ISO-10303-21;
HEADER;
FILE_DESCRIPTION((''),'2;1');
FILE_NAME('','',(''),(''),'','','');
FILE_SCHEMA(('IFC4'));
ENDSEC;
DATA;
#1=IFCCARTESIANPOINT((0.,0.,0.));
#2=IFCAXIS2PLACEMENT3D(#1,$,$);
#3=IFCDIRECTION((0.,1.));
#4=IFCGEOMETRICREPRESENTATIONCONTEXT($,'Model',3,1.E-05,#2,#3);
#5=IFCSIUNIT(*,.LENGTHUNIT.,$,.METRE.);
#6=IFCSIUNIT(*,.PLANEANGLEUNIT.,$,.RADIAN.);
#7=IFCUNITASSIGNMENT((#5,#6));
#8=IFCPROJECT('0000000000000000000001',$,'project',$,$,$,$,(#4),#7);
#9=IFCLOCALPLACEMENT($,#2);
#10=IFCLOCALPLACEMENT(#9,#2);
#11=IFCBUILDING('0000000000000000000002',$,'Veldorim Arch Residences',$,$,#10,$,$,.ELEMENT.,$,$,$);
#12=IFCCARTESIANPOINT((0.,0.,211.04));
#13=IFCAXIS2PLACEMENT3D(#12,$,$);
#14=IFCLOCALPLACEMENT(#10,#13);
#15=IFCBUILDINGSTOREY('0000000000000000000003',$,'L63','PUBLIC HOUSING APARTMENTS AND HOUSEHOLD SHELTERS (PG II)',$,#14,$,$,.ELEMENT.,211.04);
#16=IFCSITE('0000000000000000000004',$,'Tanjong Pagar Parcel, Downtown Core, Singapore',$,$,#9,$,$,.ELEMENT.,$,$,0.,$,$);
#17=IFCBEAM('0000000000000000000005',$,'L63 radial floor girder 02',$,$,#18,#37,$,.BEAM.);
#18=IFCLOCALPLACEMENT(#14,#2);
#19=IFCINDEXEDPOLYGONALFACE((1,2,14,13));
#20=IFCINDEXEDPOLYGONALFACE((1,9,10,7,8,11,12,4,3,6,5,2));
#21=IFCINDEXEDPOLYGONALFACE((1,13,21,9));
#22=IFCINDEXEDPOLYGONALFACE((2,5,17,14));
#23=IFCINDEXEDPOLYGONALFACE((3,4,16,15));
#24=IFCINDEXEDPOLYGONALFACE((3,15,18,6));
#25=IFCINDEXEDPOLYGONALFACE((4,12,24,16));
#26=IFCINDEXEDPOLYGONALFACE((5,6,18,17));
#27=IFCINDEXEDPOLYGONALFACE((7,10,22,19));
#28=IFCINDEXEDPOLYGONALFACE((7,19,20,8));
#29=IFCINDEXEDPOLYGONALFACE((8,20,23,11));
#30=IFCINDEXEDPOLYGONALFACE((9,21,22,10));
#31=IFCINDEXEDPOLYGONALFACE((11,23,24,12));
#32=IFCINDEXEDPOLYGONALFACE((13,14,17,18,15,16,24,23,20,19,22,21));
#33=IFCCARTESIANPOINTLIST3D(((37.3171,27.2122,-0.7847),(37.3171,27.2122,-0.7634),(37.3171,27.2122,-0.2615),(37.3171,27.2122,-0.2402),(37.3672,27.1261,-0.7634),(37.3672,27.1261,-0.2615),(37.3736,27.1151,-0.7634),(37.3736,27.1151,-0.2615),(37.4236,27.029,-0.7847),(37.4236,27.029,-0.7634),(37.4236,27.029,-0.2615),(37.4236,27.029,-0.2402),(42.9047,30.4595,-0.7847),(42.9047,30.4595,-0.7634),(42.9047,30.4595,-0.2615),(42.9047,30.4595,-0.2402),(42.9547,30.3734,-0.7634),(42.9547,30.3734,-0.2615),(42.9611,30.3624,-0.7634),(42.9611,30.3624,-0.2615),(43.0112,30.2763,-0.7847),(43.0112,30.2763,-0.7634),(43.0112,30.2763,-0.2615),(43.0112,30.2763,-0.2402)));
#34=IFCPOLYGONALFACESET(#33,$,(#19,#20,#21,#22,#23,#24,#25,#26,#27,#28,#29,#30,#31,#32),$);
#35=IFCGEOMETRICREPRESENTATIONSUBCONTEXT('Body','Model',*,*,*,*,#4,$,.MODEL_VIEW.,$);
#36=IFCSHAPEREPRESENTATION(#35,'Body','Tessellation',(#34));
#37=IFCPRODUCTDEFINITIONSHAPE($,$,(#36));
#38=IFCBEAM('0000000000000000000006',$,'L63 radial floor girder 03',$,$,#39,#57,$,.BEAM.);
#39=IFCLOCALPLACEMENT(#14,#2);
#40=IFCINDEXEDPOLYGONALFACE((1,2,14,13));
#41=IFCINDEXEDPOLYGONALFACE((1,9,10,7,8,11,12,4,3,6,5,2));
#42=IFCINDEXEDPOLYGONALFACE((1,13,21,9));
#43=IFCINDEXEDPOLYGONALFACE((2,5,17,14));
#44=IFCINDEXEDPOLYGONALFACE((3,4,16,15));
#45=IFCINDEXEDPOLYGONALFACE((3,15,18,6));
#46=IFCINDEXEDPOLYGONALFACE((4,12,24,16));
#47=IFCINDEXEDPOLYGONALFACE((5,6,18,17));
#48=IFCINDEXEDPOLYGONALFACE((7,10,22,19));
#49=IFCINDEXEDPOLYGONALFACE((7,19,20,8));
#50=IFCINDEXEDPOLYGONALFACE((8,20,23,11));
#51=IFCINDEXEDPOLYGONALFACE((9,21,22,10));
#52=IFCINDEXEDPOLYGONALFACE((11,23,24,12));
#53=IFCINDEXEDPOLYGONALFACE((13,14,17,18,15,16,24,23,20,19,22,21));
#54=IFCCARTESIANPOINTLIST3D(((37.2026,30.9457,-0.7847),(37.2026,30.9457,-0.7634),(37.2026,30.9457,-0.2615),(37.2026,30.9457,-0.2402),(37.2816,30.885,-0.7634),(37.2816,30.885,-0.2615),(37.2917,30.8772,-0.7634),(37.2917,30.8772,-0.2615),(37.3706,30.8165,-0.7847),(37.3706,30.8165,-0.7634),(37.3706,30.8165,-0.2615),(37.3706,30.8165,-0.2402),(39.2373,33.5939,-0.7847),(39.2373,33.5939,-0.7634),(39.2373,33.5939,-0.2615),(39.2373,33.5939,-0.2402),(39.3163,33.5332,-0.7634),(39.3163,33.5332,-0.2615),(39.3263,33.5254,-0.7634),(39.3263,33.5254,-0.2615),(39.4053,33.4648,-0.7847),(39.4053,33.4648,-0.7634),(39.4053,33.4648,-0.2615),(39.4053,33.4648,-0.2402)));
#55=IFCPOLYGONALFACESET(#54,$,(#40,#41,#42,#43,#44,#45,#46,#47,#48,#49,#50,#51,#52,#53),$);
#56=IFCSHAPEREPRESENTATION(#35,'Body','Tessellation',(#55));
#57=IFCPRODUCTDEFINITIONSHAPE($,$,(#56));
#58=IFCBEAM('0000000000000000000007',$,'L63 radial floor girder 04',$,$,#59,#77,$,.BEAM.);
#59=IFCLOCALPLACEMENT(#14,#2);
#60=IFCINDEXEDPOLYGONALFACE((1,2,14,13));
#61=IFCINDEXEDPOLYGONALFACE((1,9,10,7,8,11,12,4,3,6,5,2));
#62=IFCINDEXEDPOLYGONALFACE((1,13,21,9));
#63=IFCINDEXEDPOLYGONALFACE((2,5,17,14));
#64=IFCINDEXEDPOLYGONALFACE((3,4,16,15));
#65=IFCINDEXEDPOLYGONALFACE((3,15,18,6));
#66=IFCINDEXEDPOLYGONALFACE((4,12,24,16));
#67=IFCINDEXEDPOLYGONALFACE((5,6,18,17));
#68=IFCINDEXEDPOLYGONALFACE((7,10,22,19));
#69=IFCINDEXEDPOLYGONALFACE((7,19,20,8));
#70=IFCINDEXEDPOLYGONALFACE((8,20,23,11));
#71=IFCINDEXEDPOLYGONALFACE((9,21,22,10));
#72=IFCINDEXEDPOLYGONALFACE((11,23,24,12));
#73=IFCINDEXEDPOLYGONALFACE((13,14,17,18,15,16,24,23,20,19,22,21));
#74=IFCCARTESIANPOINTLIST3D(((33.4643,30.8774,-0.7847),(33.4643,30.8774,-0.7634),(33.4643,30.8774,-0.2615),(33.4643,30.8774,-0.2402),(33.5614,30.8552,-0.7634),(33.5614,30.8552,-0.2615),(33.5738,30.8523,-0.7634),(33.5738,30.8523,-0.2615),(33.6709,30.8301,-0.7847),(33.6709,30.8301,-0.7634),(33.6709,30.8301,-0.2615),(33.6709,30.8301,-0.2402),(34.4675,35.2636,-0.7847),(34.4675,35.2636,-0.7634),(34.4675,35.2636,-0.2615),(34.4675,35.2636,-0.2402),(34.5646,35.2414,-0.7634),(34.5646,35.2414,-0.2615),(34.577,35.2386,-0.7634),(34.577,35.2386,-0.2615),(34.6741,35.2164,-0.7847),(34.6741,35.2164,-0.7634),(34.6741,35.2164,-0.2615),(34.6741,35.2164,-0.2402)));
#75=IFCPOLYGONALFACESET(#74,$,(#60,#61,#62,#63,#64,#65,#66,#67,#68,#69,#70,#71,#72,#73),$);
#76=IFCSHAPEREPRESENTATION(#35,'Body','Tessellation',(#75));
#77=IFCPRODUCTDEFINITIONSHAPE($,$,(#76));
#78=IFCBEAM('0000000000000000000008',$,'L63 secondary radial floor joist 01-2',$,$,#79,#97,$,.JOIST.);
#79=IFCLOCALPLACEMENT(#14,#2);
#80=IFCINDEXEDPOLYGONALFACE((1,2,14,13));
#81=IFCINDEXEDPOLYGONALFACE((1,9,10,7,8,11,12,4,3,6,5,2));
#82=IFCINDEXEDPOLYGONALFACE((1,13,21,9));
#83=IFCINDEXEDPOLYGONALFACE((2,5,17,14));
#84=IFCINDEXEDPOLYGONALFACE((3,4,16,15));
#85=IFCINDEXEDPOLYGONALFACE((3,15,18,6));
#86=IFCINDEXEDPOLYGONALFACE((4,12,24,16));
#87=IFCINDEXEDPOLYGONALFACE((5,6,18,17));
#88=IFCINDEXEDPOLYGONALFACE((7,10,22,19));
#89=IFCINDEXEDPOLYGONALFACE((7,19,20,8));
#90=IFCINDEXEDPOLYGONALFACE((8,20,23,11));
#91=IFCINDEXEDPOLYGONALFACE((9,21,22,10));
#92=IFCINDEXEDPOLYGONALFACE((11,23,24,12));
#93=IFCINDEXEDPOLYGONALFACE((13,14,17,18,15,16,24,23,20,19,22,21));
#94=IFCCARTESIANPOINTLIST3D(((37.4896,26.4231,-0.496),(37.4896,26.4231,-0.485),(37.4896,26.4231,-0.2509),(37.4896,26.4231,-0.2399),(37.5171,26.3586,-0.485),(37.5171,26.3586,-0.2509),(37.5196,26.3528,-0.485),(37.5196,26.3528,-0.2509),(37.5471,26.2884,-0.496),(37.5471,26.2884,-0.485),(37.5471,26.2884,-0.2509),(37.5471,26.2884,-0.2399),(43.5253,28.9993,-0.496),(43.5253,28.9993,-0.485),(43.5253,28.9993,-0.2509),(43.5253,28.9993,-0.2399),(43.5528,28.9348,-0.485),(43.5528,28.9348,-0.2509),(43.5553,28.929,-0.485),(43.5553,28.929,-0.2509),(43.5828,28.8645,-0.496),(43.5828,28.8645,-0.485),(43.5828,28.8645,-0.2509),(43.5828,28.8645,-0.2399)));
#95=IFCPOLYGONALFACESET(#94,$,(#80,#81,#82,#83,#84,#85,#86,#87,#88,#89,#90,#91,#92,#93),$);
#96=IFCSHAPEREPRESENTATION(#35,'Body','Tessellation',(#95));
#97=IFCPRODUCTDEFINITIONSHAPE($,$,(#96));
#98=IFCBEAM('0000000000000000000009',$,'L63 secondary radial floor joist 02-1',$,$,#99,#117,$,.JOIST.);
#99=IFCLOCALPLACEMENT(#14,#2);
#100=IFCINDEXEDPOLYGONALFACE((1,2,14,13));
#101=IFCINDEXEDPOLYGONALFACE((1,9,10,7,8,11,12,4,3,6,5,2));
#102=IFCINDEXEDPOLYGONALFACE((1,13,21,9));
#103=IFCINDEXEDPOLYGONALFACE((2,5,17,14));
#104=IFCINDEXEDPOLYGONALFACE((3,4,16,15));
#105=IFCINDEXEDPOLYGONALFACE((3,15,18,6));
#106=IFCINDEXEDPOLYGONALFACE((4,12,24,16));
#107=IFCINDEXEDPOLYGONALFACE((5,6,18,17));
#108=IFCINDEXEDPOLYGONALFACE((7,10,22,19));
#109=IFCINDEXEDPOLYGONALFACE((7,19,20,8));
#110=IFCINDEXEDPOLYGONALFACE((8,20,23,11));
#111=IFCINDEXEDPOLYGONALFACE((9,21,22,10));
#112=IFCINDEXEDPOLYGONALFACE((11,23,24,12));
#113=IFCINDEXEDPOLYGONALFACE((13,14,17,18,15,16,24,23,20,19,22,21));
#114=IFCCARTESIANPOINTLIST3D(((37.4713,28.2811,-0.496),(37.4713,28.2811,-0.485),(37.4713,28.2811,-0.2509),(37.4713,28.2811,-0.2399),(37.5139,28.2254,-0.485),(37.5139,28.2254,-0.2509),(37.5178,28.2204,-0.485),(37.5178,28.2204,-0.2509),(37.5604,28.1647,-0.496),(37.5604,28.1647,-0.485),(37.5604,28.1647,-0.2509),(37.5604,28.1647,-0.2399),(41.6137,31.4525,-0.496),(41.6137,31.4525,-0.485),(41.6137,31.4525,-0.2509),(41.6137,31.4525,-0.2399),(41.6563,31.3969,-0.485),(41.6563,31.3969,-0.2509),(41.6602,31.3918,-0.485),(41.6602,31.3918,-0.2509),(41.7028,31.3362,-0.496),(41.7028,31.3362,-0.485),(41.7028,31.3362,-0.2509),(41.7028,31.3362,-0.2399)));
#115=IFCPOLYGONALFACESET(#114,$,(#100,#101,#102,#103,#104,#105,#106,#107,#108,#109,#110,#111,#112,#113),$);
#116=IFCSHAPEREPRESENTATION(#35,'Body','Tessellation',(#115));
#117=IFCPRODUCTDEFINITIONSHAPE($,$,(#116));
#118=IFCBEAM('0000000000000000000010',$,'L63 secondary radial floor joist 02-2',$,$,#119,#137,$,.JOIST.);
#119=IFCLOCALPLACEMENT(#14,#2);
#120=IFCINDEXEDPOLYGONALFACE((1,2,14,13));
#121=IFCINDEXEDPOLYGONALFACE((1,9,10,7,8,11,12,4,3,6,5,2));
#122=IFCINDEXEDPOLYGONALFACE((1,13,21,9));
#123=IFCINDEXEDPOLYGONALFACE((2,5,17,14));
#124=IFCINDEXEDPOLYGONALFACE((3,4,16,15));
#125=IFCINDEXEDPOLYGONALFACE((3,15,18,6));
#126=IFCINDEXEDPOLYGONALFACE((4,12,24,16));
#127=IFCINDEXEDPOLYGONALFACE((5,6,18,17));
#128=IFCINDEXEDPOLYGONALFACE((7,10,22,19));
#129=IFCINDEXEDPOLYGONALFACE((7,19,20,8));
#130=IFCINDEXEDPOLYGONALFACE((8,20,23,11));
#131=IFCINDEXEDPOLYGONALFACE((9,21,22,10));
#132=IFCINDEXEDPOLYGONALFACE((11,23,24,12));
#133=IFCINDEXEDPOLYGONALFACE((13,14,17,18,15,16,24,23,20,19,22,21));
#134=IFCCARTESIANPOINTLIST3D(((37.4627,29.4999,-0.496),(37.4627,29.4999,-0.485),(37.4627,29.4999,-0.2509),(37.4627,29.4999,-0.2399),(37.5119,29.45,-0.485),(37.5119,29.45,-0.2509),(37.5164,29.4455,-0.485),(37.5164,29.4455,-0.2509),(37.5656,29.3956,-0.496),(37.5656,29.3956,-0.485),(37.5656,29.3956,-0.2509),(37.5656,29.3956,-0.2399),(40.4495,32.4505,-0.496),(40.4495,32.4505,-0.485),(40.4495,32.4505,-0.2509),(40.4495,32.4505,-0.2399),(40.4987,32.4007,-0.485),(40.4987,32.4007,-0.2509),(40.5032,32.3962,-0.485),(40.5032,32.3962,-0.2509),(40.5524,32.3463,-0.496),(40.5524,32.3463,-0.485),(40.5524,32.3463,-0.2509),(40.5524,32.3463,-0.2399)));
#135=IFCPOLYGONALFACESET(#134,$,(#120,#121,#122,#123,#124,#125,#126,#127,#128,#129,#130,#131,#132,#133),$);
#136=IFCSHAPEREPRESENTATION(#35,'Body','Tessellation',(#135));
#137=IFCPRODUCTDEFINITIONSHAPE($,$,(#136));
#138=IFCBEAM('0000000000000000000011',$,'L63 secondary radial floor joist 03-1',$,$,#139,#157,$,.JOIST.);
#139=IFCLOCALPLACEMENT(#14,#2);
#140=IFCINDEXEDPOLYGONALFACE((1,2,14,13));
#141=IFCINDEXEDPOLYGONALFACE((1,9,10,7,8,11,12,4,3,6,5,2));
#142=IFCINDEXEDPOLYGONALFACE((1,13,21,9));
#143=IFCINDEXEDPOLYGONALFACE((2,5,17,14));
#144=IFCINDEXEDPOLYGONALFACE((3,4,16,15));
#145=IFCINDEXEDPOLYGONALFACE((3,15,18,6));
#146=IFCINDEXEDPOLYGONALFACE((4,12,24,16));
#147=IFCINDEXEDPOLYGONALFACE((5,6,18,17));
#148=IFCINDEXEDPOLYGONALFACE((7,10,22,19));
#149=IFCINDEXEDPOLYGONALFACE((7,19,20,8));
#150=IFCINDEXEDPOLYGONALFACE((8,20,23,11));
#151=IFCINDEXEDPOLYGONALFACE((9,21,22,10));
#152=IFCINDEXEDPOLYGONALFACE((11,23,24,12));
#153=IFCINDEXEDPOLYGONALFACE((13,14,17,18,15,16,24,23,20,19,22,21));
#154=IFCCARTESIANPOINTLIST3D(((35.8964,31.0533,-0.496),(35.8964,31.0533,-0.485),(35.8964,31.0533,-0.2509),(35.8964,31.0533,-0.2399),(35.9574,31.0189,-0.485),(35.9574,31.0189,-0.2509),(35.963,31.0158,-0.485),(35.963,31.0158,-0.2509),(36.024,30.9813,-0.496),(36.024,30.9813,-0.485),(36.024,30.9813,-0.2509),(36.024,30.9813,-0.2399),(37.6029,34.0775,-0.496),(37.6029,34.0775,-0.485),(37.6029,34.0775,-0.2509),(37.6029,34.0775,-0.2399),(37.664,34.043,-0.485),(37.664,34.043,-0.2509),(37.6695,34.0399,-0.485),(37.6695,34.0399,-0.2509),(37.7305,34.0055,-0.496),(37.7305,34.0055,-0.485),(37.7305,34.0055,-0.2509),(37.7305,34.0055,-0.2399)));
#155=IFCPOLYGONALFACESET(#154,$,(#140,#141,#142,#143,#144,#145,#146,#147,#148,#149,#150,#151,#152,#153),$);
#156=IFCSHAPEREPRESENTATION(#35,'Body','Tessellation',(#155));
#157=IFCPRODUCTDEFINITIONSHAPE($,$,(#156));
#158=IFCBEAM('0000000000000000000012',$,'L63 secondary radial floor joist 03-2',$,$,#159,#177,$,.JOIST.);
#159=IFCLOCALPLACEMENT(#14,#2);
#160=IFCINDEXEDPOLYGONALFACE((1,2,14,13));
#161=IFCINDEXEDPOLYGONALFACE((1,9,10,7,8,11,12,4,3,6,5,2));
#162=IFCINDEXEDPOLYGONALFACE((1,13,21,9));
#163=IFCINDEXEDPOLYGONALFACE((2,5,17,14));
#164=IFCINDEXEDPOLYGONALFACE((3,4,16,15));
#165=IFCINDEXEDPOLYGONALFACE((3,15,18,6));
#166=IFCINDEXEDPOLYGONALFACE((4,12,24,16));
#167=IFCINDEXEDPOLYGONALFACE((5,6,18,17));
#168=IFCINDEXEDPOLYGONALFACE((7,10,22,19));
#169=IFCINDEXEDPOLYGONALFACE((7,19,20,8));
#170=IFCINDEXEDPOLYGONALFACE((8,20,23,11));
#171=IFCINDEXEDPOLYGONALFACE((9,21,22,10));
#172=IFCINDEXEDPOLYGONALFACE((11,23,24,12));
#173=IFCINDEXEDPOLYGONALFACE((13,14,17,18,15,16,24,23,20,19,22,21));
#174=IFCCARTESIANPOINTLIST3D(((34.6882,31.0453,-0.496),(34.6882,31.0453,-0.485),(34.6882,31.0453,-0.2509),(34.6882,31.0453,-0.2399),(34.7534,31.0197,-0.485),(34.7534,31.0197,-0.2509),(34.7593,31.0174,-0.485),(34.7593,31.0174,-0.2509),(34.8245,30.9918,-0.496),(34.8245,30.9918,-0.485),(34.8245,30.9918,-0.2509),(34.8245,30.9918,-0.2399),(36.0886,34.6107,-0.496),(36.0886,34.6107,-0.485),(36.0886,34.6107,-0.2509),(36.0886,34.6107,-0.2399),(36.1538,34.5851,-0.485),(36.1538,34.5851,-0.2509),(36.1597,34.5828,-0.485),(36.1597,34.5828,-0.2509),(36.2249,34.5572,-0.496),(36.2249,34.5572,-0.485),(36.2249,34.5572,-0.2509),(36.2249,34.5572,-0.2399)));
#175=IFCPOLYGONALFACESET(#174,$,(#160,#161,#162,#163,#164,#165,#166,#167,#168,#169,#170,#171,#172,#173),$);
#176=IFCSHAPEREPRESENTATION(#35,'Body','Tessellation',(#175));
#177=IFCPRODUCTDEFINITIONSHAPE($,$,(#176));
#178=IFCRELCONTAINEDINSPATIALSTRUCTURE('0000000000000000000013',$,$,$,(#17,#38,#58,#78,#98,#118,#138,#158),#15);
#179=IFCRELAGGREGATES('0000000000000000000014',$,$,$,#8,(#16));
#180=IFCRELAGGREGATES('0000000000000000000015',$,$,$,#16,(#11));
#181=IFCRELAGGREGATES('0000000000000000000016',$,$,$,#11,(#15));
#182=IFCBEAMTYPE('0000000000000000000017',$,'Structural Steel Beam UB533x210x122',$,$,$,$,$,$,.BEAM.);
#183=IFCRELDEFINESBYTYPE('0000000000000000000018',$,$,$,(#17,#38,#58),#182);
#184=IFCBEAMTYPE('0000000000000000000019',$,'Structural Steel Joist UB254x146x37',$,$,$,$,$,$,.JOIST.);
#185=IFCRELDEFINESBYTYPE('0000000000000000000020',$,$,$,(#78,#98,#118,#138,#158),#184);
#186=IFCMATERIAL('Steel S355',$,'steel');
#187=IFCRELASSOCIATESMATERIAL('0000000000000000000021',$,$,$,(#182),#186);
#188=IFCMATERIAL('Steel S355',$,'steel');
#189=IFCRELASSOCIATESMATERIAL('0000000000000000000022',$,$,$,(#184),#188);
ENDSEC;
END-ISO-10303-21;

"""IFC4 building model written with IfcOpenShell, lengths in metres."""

from ifc_helpers import new_model, si_unit, direction, frame, origin, origin_2d, place, context, subcontext, project, spatial, i_section, extrude, material, material_profile, profile_set, type_object, element, save


model = new_model("IFC4")

# Units and contexts
model_context = context("Model", 3, precision=1e-05, world=origin(), true_north=direction((0.0, 1.0)))
body_context = subcontext(model_context, "Body", "Model", "MODEL_VIEW")
ifc_project = project(units=[si_unit("LENGTHUNIT", "METRE"), si_unit("PLANEANGLEUNIT", "RADIAN")], contexts=[model_context])

# Site, building, storey
site_placement = place(None, origin())
site = spatial("IfcSite", under=ifc_project, at=site_placement, Name="Tanjong Pagar Parcel, Downtown Core, Singapore", CompositionType="ELEMENT", RefElevation=0.0)
building_placement = place(site_placement, origin())
building = spatial("IfcBuilding", under=site, at=building_placement, Name="Veldorim Arch Residences", CompositionType="ELEMENT")
storey_placement = place(building_placement, frame((0.0, 0.0, 211.04)))
storey = spatial("IfcBuildingStorey", under=building, at=storey_placement, Name="L63", Description="PUBLIC HOUSING APARTMENTS AND HOUSEHOLD SHELTERS (PG II)", CompositionType="ELEMENT", Elevation=211.04)

# Beams
ifc_material_1 = material(Name="Steel S355", Category="steel")
ifc_material_profile_1 = material_profile(ifc_material_1, i_section(OverallWidth=0.2119, OverallDepth=0.5444, WebThickness=0.0127, FlangeThickness=0.0212, at=origin_2d()), Name="UB533x210x122")
ifc_profile_set_1 = profile_set([ifc_material_profile_1], Name="Steel S355")
beam_type_1 = type_object("IfcBeamType", Name="Structural Steel Beam UB533x210x122", PredefinedType="BEAM", material=ifc_profile_set_1)
beam_1_placement = place(storey_placement, frame((37.3704, 27.1206, -0.5125), z_axis=(0.864596, 0.502468, 0.0), x_axis=(-0.502468, 0.864596, 0.0)))
element("IfcBeam", 1, at=beam_1_placement, inside=storey, type_object=beam_type_1, Name="L63 radial floor girder 02", PredefinedType="BEAM", context=body_context, shape_type="SweptSolid", body=[
    extrude(i_section(OverallWidth=0.2119, OverallDepth=0.5444, WebThickness=0.0127, FlangeThickness=0.0212, at=origin_2d()), origin(), (0.0, 0.0, 1.0), 6.4626),
])
beam_2_placement = place(storey_placement, frame((37.2866, 30.8811, -0.5125), z_axis=(0.609258, 0.792972, 0.0), x_axis=(-0.792972, 0.609258, 0.0)))
element("IfcBeam", 2, at=beam_2_placement, inside=storey, type_object=beam_type_1, Name="L63 radial floor girder 03", PredefinedType="BEAM", context=body_context, shape_type="SweptSolid", body=[
    extrude(i_section(OverallWidth=0.2119, OverallDepth=0.5444, WebThickness=0.0127, FlangeThickness=0.0212, at=origin_2d()), origin(), (0.0, 0.0, 1.0), 3.3396),
])
beam_3_placement = place(storey_placement, frame((33.5676, 30.8538, -0.5125), z_axis=(0.222953, 0.974829, 0.0), x_axis=(-0.974829, 0.222953, 0.0)))
element("IfcBeam", 3, at=beam_3_placement, inside=storey, type_object=beam_type_1, Name="L63 radial floor girder 04", PredefinedType="BEAM", context=body_context, shape_type="SweptSolid", body=[
    extrude(i_section(OverallWidth=0.2119, OverallDepth=0.5444, WebThickness=0.0127, FlangeThickness=0.0212, at=origin_2d()), origin(), (0.0, 0.0, 1.0), 4.4995),
])
ifc_material_2 = material(Name="Steel S355", Category="steel")
ifc_material_profile_2 = material_profile(ifc_material_2, i_section(OverallWidth=0.1465, OverallDepth=0.2561, WebThickness=0.0063, FlangeThickness=0.011, at=origin_2d()), Name="UB254x146x37")
ifc_profile_set_2 = profile_set([ifc_material_profile_2], Name="Steel S355")
beam_type_2 = type_object("IfcBeamType", Name="Structural Steel Joist UB254x146x37", PredefinedType="JOIST", material=ifc_profile_set_2)
beam_4_placement = place(storey_placement, frame((37.5183, 26.3557, -0.3679), z_axis=(0.919725, 0.392563, 0.0), x_axis=(-0.392563, 0.919725, 0.0)))
element("IfcBeam", 4, at=beam_4_placement, inside=storey, type_object=beam_type_2, Name="L63 secondary radial floor joist 01-2", PredefinedType="JOIST", context=body_context, shape_type="SweptSolid", body=[
    extrude(i_section(OverallWidth=0.1465, OverallDepth=0.2561, WebThickness=0.0063, FlangeThickness=0.011, at=origin_2d()), origin(), (0.0, 0.0, 1.0), 6.5625),
])
beam_5_placement = place(storey_placement, frame((37.5159, 28.2229, -0.3679), z_axis=(0.794014, 0.6079, 0.0), x_axis=(-0.6079, 0.794014, 0.0)))
element("IfcBeam", 5, at=beam_5_placement, inside=storey, type_object=beam_type_2, Name="L63 secondary radial floor joist 02-1", PredefinedType="JOIST", context=body_context, shape_type="SweptSolid", body=[
    extrude(i_section(OverallWidth=0.1465, OverallDepth=0.2561, WebThickness=0.0063, FlangeThickness=0.011, at=origin_2d()), origin(), (0.0, 0.0, 1.0), 5.217),
])
beam_6_placement = place(storey_placement, frame((37.5142, 29.4478, -0.3679), z_axis=(0.711397, 0.702791, 0.0), x_axis=(-0.702791, 0.711397, 0.0)))
element("IfcBeam", 6, at=beam_6_placement, inside=storey, type_object=beam_type_2, Name="L63 secondary radial floor joist 02-2", PredefinedType="JOIST", context=body_context, shape_type="SweptSolid", body=[
    extrude(i_section(OverallWidth=0.1465, OverallDepth=0.2561, WebThickness=0.0063, FlangeThickness=0.011, at=origin_2d()), origin(), (0.0, 0.0, 1.0), 4.1985),
])
beam_7_placement = place(storey_placement, frame((35.9602, 31.0173, -0.3679), z_axis=(0.491452, 0.870904, 0.0), x_axis=(-0.870904, 0.491452, 0.0)))
element("IfcBeam", 7, at=beam_7_placement, inside=storey, type_object=beam_type_2, Name="L63 secondary radial floor joist 03-1", PredefinedType="JOIST", context=body_context, shape_type="SweptSolid", body=[
    extrude(i_section(OverallWidth=0.1465, OverallDepth=0.2561, WebThickness=0.0063, FlangeThickness=0.011, at=origin_2d()), origin(), (0.0, 0.0, 1.0), 3.4724),
])
beam_8_placement = place(storey_placement, frame((34.7563, 31.0186, -0.3679), z_axis=(0.365581, 0.930779, 0.0), x_axis=(-0.930779, 0.365581, 0.0)))
element("IfcBeam", 8, at=beam_8_placement, inside=storey, type_object=beam_type_2, Name="L63 secondary radial floor joist 03-2", PredefinedType="JOIST", context=body_context, shape_type="SweptSolid", body=[
    extrude(i_section(OverallWidth=0.1465, OverallDepth=0.2561, WebThickness=0.0063, FlangeThickness=0.011, at=origin_2d()), origin(), (0.0, 0.0, 1.0), 3.8306),
])

save(model, "model.ifc")
